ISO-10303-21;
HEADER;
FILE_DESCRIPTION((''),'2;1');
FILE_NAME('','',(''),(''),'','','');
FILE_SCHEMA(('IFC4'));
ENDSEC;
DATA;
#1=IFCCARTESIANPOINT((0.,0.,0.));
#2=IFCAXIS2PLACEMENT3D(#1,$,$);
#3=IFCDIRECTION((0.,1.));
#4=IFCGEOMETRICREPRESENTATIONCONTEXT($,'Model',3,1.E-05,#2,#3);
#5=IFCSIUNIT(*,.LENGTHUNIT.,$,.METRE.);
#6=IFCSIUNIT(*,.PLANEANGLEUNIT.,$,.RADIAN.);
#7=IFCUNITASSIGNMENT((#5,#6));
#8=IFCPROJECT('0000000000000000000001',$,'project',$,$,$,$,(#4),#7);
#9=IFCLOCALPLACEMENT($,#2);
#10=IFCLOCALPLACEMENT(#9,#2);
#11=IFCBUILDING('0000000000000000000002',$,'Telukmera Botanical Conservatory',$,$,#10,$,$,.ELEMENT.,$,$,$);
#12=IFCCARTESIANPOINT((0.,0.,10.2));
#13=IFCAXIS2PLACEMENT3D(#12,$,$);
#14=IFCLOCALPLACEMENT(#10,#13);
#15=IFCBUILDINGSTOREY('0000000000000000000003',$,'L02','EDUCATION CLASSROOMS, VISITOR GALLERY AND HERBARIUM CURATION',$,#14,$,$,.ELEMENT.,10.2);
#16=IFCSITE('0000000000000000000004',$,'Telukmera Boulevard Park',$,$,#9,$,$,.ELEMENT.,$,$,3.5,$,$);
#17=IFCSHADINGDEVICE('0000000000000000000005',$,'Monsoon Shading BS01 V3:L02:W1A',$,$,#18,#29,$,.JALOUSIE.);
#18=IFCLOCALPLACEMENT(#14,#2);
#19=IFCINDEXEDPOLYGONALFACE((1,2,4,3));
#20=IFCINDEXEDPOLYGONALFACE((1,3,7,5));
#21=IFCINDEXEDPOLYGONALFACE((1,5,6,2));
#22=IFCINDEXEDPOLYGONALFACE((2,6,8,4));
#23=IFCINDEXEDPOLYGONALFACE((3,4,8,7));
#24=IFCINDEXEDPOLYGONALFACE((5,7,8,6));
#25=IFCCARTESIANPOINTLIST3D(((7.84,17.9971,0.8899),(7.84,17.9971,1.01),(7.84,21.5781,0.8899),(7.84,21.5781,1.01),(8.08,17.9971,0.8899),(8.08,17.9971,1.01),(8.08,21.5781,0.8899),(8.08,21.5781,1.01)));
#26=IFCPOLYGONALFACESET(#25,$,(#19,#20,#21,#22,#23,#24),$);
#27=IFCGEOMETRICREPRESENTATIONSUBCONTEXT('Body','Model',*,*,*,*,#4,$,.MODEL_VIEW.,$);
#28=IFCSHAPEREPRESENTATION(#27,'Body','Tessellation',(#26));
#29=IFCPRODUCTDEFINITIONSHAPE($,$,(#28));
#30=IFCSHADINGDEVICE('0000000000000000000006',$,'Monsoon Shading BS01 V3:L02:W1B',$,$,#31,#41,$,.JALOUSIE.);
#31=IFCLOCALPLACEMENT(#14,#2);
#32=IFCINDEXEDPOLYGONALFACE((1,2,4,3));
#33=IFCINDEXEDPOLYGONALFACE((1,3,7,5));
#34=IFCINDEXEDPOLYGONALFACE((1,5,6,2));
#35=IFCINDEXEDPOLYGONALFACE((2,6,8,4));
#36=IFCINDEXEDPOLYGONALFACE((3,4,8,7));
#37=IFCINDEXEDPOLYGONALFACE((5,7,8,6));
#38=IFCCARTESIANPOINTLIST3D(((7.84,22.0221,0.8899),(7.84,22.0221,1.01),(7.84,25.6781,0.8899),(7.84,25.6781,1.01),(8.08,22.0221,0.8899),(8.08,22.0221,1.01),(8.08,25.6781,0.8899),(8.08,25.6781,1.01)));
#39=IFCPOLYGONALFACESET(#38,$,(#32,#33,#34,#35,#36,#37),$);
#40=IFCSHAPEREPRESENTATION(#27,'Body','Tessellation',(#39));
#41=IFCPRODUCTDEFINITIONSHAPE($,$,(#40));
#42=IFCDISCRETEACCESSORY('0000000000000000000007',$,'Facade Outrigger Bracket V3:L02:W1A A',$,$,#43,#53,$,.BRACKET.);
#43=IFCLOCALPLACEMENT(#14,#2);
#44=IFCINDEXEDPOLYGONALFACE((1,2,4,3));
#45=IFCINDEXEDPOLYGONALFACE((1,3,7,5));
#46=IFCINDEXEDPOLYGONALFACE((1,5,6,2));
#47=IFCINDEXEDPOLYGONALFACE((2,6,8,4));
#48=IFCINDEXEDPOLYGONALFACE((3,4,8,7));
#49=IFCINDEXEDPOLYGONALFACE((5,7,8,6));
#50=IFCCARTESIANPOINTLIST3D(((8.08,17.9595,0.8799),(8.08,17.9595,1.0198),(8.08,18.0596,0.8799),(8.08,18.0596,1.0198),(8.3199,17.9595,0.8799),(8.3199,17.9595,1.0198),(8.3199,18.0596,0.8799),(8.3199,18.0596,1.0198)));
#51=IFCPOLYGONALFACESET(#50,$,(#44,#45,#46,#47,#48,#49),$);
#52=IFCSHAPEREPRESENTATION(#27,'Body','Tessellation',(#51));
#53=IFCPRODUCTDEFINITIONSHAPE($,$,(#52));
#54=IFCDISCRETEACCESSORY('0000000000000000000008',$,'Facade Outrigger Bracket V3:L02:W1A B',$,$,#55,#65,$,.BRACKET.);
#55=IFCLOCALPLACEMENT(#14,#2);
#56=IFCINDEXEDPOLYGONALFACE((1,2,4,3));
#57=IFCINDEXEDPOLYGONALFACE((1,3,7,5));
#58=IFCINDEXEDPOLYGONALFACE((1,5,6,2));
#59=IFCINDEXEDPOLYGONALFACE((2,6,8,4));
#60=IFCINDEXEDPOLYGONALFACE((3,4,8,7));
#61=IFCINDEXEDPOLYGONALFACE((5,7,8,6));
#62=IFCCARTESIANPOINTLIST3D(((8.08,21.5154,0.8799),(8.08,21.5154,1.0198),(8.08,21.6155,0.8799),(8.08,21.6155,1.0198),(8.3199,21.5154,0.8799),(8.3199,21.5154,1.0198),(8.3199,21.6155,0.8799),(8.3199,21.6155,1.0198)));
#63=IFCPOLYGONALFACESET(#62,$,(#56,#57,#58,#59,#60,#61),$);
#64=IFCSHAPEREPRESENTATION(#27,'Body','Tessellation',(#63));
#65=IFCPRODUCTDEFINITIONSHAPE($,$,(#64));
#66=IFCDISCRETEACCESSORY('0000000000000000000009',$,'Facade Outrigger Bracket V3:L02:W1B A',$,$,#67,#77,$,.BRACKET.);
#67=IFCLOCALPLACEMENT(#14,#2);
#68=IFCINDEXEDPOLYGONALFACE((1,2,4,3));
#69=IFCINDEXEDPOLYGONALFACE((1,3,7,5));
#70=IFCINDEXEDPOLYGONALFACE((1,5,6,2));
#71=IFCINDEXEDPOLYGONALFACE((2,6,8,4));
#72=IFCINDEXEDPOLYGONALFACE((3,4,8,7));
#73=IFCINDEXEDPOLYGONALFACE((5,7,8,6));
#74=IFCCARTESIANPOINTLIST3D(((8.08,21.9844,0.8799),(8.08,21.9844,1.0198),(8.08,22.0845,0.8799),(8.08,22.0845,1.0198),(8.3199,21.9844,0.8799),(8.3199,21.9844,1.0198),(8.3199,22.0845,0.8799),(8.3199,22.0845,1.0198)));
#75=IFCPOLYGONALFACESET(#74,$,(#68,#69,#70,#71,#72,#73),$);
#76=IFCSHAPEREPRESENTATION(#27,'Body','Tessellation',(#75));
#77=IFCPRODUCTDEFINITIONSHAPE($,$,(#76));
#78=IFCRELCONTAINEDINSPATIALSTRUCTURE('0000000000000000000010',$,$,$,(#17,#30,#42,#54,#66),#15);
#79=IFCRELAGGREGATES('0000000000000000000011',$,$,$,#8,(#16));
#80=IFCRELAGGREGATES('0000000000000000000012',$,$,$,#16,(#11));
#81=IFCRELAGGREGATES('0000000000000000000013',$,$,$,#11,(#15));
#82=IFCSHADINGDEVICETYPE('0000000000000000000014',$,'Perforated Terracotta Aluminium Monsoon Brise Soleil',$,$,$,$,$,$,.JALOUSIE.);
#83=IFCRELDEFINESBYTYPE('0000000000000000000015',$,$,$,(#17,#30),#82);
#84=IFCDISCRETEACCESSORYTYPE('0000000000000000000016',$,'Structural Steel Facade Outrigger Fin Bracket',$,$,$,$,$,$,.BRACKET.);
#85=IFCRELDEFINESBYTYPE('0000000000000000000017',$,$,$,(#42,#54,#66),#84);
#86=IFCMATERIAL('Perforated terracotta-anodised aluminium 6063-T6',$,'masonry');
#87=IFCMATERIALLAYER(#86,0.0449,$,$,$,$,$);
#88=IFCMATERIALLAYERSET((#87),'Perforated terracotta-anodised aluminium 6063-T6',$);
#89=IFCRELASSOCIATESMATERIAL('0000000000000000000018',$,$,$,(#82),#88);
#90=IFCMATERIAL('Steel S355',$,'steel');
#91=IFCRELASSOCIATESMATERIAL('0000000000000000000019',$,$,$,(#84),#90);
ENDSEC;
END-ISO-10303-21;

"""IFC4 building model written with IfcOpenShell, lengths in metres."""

from ifc_helpers import new_model, si_unit, direction, frame, origin, origin_2d, place, context, subcontext, project, spatial, rectangle, extrude, material, layer, layer_set, type_object, element, save


model = new_model("IFC4")

# Units and contexts
model_context = context("Model", 3, precision=1e-05, world=origin(), true_north=direction((0.0, 1.0)))
body_context = subcontext(model_context, "Body", "Model", "MODEL_VIEW")
ifc_project = project(units=[si_unit("LENGTHUNIT", "METRE"), si_unit("PLANEANGLEUNIT", "RADIAN")], contexts=[model_context])

# Site, building, storey
site_placement = place(None, origin())
site = spatial("IfcSite", under=ifc_project, at=site_placement, Name="Telukmera Boulevard Park", CompositionType="ELEMENT", RefElevation=3.5)
building_placement = place(site_placement, origin())
building = spatial("IfcBuilding", under=site, at=building_placement, Name="Telukmera Botanical Conservatory", CompositionType="ELEMENT")
storey_placement = place(building_placement, frame((0.0, 0.0, 10.2)))
storey = spatial("IfcBuildingStorey", under=building, at=storey_placement, Name="L02", Description="EDUCATION CLASSROOMS, VISITOR GALLERY AND HERBARIUM CURATION", CompositionType="ELEMENT", Elevation=10.2)

# Shading devices
ifc_material_1 = material(Name="Perforated terracotta-anodised aluminium 6063-T6", Category="masonry")
ifc_layer_1 = layer(ifc_material_1, 0.0449)
ifc_layer_set_1 = layer_set([ifc_layer_1], Name="Perforated terracotta-anodised aluminium 6063-T6")
shading_device_type = type_object("IfcShadingDeviceType", Name="Perforated Terracotta Aluminium Monsoon Brise Soleil", PredefinedType="JALOUSIE", material=ifc_layer_set_1)
shading_device_1_placement = place(storey_placement, frame((7.96, 19.7876, 0.8899), z_axis=(0.0, 0.0, 1.0), x_axis=(0.0, 1.0, 0.0)))
element("IfcShadingDevice", 1, at=shading_device_1_placement, inside=storey, type_object=shading_device_type, Name="Monsoon Shading BS01 V3:L02:W1A", PredefinedType="JALOUSIE", context=body_context, shape_type="SweptSolid", body=[
    extrude(rectangle(XDim=3.5811, YDim=0.24, at=origin_2d()), origin(), (0.0, 0.0, 1.0), 0.1201),
])
shading_device_2_placement = place(storey_placement, frame((7.96, 23.8501, 0.8899), z_axis=(0.0, 0.0, 1.0), x_axis=(0.0, 1.0, 0.0)))
element("IfcShadingDevice", 2, at=shading_device_2_placement, inside=storey, type_object=shading_device_type, Name="Monsoon Shading BS01 V3:L02:W1B", PredefinedType="JALOUSIE", context=body_context, shape_type="SweptSolid", body=[
    extrude(rectangle(XDim=3.656, YDim=0.24, at=origin_2d()), origin(), (0.0, 0.0, 1.0), 0.1201),
])

# Discrete accessories
ifc_material_2 = material(Name="Steel S355", Category="steel")
discrete_accessory_type = type_object("IfcDiscreteAccessoryType", Name="Structural Steel Facade Outrigger Fin Bracket", PredefinedType="BRACKET", material=ifc_material_2)
for number, where, z_axis, x_axis, name in (
    (3, (8.2, 18.0095, 0.8799), (0.0, 0.0, 1.0), (0.0, 1.0, 0.0), "Facade Outrigger Bracket V3:L02:W1A A"),
    (4, (8.2, 21.5654, 0.8799), (0.0, 0.0, 1.0), (0.0, 1.0, 0.0), "Facade Outrigger Bracket V3:L02:W1A B"),
    (5, (8.2, 22.0344, 0.8799), (0.0, 0.0, 1.0), (0.0, 1.0, 0.0), "Facade Outrigger Bracket V3:L02:W1B A"),
):
    element("IfcDiscreteAccessory", number, at=place(storey_placement, frame(where, z_axis=z_axis, x_axis=x_axis)), inside=storey, type_object=discrete_accessory_type, Name=name, PredefinedType="BRACKET", context=body_context, shape_type="SweptSolid", body=[
        extrude(rectangle(XDim=0.1001, YDim=0.24, at=origin_2d()), origin(), (0.0, 0.0, 1.0), 0.1399),
    ])

save(model, "model.ifc")
